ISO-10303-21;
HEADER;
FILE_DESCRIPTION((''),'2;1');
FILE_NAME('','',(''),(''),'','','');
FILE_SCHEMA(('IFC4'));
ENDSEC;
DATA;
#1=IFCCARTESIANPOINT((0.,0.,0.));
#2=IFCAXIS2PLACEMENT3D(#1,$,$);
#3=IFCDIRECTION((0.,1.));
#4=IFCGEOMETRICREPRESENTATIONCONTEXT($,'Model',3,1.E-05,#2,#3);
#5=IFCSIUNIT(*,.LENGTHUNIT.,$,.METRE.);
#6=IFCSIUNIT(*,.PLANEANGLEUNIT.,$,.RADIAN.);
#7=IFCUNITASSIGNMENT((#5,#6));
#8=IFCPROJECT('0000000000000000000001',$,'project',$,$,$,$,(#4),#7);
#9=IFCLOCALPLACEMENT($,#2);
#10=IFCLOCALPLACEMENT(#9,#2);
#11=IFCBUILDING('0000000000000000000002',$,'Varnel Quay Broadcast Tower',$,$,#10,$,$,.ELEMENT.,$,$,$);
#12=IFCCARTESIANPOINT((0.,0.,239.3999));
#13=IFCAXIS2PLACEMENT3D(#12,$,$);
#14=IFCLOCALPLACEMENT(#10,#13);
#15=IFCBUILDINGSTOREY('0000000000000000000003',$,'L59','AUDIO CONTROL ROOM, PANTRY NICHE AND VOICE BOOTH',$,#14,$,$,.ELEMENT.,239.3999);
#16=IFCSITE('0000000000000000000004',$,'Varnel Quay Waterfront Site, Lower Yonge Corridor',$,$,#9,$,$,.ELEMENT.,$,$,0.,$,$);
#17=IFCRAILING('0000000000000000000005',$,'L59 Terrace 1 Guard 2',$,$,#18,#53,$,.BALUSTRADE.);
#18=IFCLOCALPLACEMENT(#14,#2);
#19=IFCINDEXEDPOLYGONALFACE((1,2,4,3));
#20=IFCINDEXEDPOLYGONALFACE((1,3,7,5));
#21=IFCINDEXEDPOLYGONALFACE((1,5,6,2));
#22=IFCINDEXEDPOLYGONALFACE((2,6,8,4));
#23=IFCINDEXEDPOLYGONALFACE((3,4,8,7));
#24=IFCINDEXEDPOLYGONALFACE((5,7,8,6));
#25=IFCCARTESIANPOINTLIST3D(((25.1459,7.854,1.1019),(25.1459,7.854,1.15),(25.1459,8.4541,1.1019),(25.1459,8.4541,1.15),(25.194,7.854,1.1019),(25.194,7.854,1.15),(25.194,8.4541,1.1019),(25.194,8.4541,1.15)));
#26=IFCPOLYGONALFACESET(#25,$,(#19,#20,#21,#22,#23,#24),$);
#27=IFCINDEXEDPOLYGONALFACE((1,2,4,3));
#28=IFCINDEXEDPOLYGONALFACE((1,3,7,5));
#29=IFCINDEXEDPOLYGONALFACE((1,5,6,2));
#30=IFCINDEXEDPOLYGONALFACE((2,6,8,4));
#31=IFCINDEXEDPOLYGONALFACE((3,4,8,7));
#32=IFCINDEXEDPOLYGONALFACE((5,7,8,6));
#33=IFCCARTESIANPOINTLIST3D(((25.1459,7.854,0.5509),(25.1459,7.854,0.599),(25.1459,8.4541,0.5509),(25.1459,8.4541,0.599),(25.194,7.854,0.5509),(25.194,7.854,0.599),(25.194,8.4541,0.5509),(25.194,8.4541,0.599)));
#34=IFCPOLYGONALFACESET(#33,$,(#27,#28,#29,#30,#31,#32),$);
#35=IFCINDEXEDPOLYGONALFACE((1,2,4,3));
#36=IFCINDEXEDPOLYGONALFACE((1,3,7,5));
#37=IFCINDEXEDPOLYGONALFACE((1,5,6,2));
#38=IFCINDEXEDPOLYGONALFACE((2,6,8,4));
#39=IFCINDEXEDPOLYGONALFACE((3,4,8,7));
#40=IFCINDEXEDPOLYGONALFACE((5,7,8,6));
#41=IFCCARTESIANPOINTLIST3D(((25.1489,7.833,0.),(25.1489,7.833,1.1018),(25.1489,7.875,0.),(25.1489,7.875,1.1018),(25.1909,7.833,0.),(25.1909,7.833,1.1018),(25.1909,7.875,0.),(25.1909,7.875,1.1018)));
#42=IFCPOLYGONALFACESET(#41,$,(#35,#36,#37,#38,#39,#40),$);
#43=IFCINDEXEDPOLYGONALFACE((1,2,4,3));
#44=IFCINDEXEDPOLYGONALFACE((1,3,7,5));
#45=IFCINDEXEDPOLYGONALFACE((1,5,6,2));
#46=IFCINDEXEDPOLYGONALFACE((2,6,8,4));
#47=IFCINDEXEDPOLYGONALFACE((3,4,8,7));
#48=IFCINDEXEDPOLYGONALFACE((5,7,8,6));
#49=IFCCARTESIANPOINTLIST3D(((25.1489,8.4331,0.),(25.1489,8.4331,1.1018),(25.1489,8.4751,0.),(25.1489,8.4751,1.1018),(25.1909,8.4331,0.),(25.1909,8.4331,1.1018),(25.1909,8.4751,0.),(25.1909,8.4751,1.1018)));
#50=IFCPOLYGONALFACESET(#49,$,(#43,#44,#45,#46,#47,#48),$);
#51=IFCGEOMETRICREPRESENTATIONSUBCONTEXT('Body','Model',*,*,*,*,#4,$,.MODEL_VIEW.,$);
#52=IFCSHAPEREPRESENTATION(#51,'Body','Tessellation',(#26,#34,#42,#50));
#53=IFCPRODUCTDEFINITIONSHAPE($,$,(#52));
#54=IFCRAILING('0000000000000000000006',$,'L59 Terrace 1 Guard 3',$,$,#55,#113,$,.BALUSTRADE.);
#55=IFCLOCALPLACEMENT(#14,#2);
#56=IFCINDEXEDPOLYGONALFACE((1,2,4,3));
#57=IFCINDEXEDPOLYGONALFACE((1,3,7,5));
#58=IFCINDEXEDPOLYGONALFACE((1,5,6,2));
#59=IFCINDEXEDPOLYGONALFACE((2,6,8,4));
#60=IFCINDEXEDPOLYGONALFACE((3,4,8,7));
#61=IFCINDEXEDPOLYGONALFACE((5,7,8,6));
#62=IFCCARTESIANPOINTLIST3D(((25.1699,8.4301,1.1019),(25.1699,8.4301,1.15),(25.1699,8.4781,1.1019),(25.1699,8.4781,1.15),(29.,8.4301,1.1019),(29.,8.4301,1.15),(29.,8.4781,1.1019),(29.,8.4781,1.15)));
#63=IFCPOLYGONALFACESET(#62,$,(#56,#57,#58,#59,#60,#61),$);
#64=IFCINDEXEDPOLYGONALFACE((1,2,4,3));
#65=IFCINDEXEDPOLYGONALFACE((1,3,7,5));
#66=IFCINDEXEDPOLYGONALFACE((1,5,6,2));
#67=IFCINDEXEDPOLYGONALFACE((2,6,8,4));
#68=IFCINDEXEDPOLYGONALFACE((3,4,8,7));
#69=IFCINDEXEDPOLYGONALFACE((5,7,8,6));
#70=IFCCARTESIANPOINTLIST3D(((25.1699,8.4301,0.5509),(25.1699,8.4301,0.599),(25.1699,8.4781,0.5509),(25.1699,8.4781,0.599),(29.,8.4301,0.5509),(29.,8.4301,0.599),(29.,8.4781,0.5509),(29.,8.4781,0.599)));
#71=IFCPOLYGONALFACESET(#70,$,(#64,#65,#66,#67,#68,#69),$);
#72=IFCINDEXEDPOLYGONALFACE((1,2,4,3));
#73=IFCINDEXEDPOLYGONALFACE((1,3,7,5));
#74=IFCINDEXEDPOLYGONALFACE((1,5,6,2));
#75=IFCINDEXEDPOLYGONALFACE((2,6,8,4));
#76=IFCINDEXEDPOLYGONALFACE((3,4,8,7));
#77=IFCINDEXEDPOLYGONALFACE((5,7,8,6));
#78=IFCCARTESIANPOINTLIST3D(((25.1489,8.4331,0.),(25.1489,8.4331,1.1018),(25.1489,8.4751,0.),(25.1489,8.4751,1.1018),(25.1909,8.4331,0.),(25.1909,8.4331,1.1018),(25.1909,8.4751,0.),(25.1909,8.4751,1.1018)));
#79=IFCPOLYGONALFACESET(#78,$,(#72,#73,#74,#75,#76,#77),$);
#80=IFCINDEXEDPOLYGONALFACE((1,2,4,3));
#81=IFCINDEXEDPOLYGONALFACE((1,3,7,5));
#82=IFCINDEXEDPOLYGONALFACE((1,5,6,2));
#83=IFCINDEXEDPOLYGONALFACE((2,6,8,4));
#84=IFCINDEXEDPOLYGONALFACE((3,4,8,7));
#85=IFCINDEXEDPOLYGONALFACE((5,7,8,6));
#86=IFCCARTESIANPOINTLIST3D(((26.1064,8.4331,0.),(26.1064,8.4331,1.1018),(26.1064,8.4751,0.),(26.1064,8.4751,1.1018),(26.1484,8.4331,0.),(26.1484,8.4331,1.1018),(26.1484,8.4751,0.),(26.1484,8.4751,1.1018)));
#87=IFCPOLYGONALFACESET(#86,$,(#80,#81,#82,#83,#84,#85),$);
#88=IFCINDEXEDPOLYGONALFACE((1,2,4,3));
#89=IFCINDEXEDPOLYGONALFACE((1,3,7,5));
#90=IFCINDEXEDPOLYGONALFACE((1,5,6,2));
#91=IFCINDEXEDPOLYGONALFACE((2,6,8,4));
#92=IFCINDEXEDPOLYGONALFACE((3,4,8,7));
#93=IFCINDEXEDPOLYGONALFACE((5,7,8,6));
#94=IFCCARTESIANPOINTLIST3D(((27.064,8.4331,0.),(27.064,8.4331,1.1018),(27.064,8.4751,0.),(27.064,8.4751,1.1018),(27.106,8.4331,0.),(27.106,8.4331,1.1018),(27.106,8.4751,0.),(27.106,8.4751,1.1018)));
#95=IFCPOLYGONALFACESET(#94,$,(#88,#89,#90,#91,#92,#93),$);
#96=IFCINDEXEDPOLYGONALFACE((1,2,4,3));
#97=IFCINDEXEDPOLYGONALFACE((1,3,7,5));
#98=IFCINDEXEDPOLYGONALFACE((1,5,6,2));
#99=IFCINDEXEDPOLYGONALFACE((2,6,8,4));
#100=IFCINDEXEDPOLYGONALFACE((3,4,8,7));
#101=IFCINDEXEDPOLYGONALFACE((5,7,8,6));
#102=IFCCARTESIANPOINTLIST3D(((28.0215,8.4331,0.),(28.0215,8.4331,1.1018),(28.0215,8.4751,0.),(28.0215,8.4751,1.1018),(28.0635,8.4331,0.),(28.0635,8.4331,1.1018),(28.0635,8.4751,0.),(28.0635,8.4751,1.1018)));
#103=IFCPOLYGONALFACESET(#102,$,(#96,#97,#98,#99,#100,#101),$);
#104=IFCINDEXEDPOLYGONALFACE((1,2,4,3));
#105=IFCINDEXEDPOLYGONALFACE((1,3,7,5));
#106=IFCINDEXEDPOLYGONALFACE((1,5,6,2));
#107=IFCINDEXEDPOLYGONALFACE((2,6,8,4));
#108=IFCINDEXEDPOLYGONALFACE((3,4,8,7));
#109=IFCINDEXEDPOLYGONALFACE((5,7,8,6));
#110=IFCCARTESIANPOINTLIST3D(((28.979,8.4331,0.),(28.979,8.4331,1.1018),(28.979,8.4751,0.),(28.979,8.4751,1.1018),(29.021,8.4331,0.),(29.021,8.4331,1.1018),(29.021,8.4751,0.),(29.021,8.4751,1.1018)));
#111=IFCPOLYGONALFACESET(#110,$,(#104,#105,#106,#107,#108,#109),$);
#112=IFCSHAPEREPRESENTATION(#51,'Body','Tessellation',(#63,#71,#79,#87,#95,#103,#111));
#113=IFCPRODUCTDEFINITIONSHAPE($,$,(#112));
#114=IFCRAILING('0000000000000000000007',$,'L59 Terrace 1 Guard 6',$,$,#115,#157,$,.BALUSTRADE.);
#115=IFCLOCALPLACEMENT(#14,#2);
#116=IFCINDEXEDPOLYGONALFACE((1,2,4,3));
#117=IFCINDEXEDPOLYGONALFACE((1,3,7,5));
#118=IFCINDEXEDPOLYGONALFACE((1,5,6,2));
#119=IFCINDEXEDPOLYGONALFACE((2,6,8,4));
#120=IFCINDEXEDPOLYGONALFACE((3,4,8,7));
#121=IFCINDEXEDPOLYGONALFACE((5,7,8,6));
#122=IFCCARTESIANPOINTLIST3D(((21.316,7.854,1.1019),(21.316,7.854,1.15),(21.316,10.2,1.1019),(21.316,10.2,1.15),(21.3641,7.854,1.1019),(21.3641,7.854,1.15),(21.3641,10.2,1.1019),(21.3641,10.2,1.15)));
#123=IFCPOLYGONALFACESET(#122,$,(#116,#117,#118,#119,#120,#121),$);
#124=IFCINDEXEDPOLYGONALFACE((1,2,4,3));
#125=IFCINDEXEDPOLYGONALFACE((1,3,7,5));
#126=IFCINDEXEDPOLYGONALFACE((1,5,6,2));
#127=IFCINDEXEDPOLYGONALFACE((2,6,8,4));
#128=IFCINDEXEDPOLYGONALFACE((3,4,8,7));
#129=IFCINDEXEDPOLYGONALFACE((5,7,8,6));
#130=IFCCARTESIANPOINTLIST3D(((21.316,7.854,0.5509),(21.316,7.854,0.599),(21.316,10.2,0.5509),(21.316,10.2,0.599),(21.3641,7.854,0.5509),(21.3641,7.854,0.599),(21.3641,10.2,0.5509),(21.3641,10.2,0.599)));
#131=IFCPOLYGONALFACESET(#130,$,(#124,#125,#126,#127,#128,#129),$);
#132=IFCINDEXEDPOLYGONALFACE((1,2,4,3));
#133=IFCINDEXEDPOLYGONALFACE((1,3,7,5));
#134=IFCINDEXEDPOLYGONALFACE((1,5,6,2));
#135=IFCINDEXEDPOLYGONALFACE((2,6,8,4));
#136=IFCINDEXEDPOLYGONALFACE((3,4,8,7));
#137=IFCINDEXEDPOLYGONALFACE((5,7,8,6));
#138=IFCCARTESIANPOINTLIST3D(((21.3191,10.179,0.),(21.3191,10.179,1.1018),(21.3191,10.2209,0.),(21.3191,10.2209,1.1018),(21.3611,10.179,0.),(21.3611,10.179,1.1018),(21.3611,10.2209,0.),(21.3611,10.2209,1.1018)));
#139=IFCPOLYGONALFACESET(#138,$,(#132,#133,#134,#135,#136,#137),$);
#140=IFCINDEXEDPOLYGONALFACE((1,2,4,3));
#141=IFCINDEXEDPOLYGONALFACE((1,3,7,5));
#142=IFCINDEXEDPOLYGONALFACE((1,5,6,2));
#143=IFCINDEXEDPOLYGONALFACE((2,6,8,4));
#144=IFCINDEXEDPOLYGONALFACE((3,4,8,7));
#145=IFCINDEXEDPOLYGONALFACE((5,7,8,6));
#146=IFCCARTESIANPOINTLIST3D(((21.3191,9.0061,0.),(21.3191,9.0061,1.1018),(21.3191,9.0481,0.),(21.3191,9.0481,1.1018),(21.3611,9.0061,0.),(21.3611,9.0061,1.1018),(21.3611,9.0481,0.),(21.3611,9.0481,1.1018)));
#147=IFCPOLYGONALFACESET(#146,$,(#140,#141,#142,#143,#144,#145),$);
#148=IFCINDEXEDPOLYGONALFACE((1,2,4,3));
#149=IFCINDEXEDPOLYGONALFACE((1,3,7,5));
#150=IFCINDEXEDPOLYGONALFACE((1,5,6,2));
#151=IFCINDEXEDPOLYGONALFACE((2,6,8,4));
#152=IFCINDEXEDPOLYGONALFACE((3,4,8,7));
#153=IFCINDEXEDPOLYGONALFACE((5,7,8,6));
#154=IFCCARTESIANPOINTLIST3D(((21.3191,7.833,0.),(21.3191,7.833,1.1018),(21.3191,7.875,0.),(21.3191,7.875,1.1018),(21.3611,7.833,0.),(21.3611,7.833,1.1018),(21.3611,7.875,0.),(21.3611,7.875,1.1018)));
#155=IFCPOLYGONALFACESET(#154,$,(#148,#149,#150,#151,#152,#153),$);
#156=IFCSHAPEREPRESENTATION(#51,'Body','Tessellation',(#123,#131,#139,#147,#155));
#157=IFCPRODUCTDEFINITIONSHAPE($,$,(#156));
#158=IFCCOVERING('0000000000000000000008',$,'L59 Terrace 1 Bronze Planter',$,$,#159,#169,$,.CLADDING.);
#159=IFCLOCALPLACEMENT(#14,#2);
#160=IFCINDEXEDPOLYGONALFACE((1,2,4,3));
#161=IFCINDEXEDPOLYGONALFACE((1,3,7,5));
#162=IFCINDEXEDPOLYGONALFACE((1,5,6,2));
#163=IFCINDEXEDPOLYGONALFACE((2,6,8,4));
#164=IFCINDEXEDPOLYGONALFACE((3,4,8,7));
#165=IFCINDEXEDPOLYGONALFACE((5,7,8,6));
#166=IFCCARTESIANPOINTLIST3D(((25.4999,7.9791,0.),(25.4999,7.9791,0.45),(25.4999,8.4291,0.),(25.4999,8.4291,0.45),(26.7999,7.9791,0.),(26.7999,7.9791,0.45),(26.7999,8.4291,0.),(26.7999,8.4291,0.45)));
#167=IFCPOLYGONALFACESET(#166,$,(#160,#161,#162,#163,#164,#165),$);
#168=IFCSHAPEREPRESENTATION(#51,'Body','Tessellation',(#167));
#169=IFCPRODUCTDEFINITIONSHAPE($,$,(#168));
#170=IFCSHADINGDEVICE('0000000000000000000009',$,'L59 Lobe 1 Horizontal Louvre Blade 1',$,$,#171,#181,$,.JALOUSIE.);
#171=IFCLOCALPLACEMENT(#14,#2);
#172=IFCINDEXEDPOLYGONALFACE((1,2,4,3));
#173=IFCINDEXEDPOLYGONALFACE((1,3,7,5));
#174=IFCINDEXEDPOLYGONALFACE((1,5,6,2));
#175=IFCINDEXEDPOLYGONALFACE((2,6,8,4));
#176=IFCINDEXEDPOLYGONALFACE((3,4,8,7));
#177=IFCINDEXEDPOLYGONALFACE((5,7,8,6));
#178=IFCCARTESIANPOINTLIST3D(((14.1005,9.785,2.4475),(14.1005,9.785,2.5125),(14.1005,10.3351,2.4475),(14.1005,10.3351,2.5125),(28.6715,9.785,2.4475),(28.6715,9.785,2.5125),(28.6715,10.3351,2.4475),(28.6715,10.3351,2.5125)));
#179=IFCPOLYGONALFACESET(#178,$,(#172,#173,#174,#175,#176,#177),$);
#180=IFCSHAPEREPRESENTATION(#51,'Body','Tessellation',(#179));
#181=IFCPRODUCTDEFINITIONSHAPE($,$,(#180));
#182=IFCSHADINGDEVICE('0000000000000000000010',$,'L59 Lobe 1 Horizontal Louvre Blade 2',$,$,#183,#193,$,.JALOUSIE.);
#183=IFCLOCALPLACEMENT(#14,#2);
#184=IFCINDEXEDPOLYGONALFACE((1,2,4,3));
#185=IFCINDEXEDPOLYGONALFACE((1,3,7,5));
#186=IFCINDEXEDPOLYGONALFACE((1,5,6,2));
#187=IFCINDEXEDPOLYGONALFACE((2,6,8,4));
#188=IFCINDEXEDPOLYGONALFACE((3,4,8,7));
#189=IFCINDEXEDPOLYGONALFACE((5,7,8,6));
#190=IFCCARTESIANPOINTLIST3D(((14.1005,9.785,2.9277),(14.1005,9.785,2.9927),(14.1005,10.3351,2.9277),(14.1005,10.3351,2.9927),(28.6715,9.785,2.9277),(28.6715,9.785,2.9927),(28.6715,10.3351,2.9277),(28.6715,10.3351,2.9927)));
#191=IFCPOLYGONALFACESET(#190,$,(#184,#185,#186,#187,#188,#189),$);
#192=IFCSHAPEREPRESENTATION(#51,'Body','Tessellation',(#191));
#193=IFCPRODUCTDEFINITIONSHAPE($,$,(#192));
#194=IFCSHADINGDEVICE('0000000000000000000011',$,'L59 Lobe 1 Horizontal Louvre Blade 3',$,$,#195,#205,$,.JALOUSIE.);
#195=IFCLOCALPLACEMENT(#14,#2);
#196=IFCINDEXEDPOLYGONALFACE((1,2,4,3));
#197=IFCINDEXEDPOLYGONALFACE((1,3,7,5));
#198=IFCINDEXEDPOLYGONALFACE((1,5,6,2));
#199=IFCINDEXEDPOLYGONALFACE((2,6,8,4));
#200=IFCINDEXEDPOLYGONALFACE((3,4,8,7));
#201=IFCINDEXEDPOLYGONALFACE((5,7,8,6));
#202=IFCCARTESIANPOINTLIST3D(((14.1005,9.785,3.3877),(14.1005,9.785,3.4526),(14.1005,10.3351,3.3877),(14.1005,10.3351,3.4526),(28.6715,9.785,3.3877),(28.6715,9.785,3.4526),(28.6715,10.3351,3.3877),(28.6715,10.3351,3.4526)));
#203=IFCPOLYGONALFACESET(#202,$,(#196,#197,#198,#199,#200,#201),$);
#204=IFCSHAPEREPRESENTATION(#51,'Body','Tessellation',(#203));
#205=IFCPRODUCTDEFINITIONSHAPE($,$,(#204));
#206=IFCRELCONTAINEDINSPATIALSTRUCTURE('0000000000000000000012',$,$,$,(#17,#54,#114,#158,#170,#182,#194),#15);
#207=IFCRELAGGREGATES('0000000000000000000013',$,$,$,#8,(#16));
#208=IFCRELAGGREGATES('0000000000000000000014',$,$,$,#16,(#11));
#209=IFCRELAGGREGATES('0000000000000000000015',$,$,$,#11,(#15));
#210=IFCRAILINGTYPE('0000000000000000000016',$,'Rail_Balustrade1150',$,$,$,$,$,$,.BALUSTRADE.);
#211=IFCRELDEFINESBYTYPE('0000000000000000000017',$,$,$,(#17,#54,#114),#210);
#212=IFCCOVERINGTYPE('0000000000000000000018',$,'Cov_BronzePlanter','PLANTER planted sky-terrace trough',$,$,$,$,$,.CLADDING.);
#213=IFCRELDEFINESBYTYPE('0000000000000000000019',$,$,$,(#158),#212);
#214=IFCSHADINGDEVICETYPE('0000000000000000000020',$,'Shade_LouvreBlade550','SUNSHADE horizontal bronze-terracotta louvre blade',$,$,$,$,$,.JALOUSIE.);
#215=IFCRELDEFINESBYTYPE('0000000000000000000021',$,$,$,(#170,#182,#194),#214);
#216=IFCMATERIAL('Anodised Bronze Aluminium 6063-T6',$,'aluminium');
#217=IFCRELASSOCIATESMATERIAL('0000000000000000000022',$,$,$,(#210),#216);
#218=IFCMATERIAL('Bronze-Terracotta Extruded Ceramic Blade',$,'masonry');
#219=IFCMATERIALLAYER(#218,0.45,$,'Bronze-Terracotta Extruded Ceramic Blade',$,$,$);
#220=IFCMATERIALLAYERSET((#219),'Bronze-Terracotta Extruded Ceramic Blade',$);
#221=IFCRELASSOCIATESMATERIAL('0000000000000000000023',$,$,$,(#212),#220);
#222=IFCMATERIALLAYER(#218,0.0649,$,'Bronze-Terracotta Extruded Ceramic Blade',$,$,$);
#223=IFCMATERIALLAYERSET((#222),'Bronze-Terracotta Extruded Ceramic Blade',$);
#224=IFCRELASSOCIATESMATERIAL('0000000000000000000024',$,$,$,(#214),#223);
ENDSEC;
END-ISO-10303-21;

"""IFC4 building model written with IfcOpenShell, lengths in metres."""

from ifc_helpers import new_model, si_unit, direction, frame, origin, origin_2d, place, context, subcontext, project, spatial, rectangle, extrude, source, transform, mapped, material, layer, layer_set, type_object, type_shapes, element, save


model = new_model("IFC4")

# Units and contexts
model_context = context("Model", 3, precision=1e-05, world=origin(), true_north=direction((0.0, 1.0)))
body_context = subcontext(model_context, "Body", "Model", "MODEL_VIEW")
ifc_project = project(units=[si_unit("LENGTHUNIT", "METRE"), si_unit("PLANEANGLEUNIT", "RADIAN")], contexts=[model_context])

# Site, building, storey
site_placement = place(None, origin())
site = spatial("IfcSite", under=ifc_project, at=site_placement, Name="Varnel Quay Waterfront Site, Lower Yonge Corridor", CompositionType="ELEMENT", RefElevation=0.0)
building_placement = place(site_placement, origin())
building = spatial("IfcBuilding", under=site, at=building_placement, Name="Varnel Quay Broadcast Tower", CompositionType="ELEMENT")
storey_placement = place(building_placement, frame((0.0, 0.0, 239.3999)))
storey = spatial("IfcBuildingStorey", under=building, at=storey_placement, Name="L59", Description="AUDIO CONTROL ROOM, PANTRY NICHE AND VOICE BOOTH", CompositionType="ELEMENT", Elevation=239.3999)

# Shared definitions
ifc_material_1 = material(Name="Anodised Bronze Aluminium 6063-T6", Category="aluminium")

# Railings
railing_type = type_object("IfcRailingType", Name="Rail_Balustrade1150", PredefinedType="BALUSTRADE", material=ifc_material_1)
railing_1_placement = place(storey_placement, frame((25.1699, 7.854, 0.0)))
element("IfcRailing", 1, at=railing_1_placement, inside=storey, type_object=railing_type, Name="L59 Terrace 1 Guard 2", PredefinedType="BALUSTRADE", context=body_context, shape_type="SweptSolid", body=[
    extrude(rectangle(XDim=0.0481, YDim=0.0481, at=origin_2d()), frame((0.0, 0.0, 1.126), z_axis=(0.0, 1.0, 0.0), x_axis=(-1.0, 0.0, 0.0)), (0.0, 0.0, 1.0), 0.6001),
    extrude(rectangle(XDim=0.0481, YDim=0.0481, at=origin_2d()), frame((0.0, 0.0, 0.575), z_axis=(0.0, 1.0, 0.0), x_axis=(-1.0, 0.0, 0.0)), (0.0, 0.0, 1.0), 0.6001),
    extrude(rectangle(XDim=0.042, YDim=0.042, at=origin_2d()), origin(), (0.0, 0.0, 1.0), 1.1018),
    extrude(rectangle(XDim=0.042, YDim=0.042, at=origin_2d()), frame((0.0, 0.6001, 0.0)), (0.0, 0.0, 1.0), 1.1018),
])
railing_2_placement = place(storey_placement, frame((25.1699, 8.4541, 0.0)))
element("IfcRailing", 2, at=railing_2_placement, inside=storey, type_object=railing_type, Name="L59 Terrace 1 Guard 3", PredefinedType="BALUSTRADE", context=body_context, shape_type="SweptSolid", body=[
    extrude(rectangle(XDim=0.0481, YDim=0.0481, at=origin_2d()), frame((0.0, 0.0, 1.126), z_axis=(1.0, 0.0, 0.0), x_axis=(0.0, 1.0, 0.0)), (0.0, 0.0, 1.0), 3.8301),
    extrude(rectangle(XDim=0.0481, YDim=0.0481, at=origin_2d()), frame((0.0, 0.0, 0.575), z_axis=(1.0, 0.0, 0.0), x_axis=(0.0, 1.0, 0.0)), (0.0, 0.0, 1.0), 3.8301),
    extrude(rectangle(XDim=0.042, YDim=0.042, at=origin_2d()), origin(), (0.0, 0.0, 1.0), 1.1018),
    extrude(rectangle(XDim=0.042, YDim=0.042, at=origin_2d()), frame((0.9575, 0.0, 0.0)), (0.0, 0.0, 1.0), 1.1018),
    extrude(rectangle(XDim=0.042, YDim=0.042, at=origin_2d()), frame((1.915, 0.0, 0.0)), (0.0, 0.0, 1.0), 1.1018),
    extrude(rectangle(XDim=0.042, YDim=0.042, at=origin_2d()), frame((2.8726, 0.0, 0.0)), (0.0, 0.0, 1.0), 1.1018),
    extrude(rectangle(XDim=0.042, YDim=0.042, at=origin_2d()), frame((3.8301, 0.0, 0.0)), (0.0, 0.0, 1.0), 1.1018),
])
railing_3_placement = place(storey_placement, frame((21.3401, 10.2, 0.0)))
element("IfcRailing", 3, at=railing_3_placement, inside=storey, type_object=railing_type, Name="L59 Terrace 1 Guard 6", PredefinedType="BALUSTRADE", context=body_context, shape_type="SweptSolid", body=[
    extrude(rectangle(XDim=0.0481, YDim=0.0481, at=origin_2d()), frame((0.0, 0.0, 1.126), z_axis=(0.0, -1.0, 0.0), x_axis=(1.0, 0.0, 0.0)), (0.0, 0.0, 1.0), 2.3459),
    extrude(rectangle(XDim=0.0481, YDim=0.0481, at=origin_2d()), frame((0.0, 0.0, 0.575), z_axis=(0.0, -1.0, 0.0), x_axis=(1.0, 0.0, 0.0)), (0.0, 0.0, 1.0), 2.3459),
    extrude(rectangle(XDim=0.042, YDim=0.042, at=origin_2d()), origin(), (0.0, 0.0, 1.0), 1.1018),
    extrude(rectangle(XDim=0.042, YDim=0.042, at=origin_2d()), frame((0.0, -1.1729, 0.0)), (0.0, 0.0, 1.0), 1.1018),
    extrude(rectangle(XDim=0.042, YDim=0.042, at=origin_2d()), frame((0.0, -2.3459, 0.0)), (0.0, 0.0, 1.0), 1.1018),
])

# Covering
ifc_material_2 = material(Name="Bronze-Terracotta Extruded Ceramic Blade", Category="masonry")
ifc_layer_1 = layer(ifc_material_2, 0.45, Name="Bronze-Terracotta Extruded Ceramic Blade")
ifc_layer_set_1 = layer_set([ifc_layer_1], Name="Bronze-Terracotta Extruded Ceramic Blade")
covering_type = type_object("IfcCoveringType", Name="Cov_BronzePlanter", Description="PLANTER planted sky-terrace trough", PredefinedType="CLADDING", material=ifc_layer_set_1)
shared_shape_1 = source(origin(), body_context, "Body", "SweptSolid", [
    extrude(rectangle(XDim=1.3, YDim=0.45, at=origin_2d()), origin(), (0.0, 0.0, 1.0), 0.45),
])
type_shapes(covering_type, [shared_shape_1])
covering_placement = place(storey_placement, frame((26.1499, 8.2041, 0.0), z_axis=(0.0, 0.0, 1.0), x_axis=(1.0, 0.0, 0.0)))
element("IfcCovering", 4, at=covering_placement, inside=storey, type_object=covering_type, Name="L59 Terrace 1 Bronze Planter", PredefinedType="CLADDING", context=body_context, shape_type="MappedRepresentation", body=[
    mapped(shared_shape_1, transform((0.0, 0.0, 0.0), x_axis=(1.0, 0.0, 0.0), y_axis=(0.0, 1.0, 0.0), z_axis=(0.0, 0.0, 1.0), scale=1.0)),
])

# Shading devices
ifc_layer_2 = layer(ifc_material_2, 0.0649, Name="Bronze-Terracotta Extruded Ceramic Blade")
ifc_layer_set_2 = layer_set([ifc_layer_2], Name="Bronze-Terracotta Extruded Ceramic Blade")
shading_device_type = type_object("IfcShadingDeviceType", Name="Shade_LouvreBlade550", Description="SUNSHADE horizontal bronze-terracotta louvre blade", PredefinedType="JALOUSIE", material=ifc_layer_set_2)
shared_shape_2 = source(origin(), body_context, "Body", "SweptSolid", [
    extrude(rectangle(XDim=14.571, YDim=0.55, at=origin_2d()), origin(), (0.0, 0.0, 1.0), 0.0649),
])
type_shapes(shading_device_type, [shared_shape_2])
for number, where, z_axis, x_axis, name in (
    (5, (21.386, 10.0601, 2.4475), (0.0, 0.0, 1.0), (1.0, 0.0, 0.0), "L59 Lobe 1 Horizontal Louvre Blade 1"),
    (6, (21.386, 10.0601, 2.9277), (0.0, 0.0, 1.0), (1.0, 0.0, 0.0), "L59 Lobe 1 Horizontal Louvre Blade 2"),
    (7, (21.386, 10.0601, 3.3877), (0.0, 0.0, 1.0), (1.0, 0.0, 0.0), "L59 Lobe 1 Horizontal Louvre Blade 3"),
):
    element("IfcShadingDevice", number, at=place(storey_placement, frame(where, z_axis=z_axis, x_axis=x_axis)), inside=storey, type_object=shading_device_type, Name=name, PredefinedType="JALOUSIE", context=body_context, shape_type="MappedRepresentation", body=[
        mapped(shared_shape_2, transform((0.0, 0.0, 0.0), x_axis=(1.0, 0.0, 0.0), y_axis=(0.0, 1.0, 0.0), z_axis=(0.0, 0.0, 1.0), scale=1.0)),
    ])

save(model, "model.ifc")
